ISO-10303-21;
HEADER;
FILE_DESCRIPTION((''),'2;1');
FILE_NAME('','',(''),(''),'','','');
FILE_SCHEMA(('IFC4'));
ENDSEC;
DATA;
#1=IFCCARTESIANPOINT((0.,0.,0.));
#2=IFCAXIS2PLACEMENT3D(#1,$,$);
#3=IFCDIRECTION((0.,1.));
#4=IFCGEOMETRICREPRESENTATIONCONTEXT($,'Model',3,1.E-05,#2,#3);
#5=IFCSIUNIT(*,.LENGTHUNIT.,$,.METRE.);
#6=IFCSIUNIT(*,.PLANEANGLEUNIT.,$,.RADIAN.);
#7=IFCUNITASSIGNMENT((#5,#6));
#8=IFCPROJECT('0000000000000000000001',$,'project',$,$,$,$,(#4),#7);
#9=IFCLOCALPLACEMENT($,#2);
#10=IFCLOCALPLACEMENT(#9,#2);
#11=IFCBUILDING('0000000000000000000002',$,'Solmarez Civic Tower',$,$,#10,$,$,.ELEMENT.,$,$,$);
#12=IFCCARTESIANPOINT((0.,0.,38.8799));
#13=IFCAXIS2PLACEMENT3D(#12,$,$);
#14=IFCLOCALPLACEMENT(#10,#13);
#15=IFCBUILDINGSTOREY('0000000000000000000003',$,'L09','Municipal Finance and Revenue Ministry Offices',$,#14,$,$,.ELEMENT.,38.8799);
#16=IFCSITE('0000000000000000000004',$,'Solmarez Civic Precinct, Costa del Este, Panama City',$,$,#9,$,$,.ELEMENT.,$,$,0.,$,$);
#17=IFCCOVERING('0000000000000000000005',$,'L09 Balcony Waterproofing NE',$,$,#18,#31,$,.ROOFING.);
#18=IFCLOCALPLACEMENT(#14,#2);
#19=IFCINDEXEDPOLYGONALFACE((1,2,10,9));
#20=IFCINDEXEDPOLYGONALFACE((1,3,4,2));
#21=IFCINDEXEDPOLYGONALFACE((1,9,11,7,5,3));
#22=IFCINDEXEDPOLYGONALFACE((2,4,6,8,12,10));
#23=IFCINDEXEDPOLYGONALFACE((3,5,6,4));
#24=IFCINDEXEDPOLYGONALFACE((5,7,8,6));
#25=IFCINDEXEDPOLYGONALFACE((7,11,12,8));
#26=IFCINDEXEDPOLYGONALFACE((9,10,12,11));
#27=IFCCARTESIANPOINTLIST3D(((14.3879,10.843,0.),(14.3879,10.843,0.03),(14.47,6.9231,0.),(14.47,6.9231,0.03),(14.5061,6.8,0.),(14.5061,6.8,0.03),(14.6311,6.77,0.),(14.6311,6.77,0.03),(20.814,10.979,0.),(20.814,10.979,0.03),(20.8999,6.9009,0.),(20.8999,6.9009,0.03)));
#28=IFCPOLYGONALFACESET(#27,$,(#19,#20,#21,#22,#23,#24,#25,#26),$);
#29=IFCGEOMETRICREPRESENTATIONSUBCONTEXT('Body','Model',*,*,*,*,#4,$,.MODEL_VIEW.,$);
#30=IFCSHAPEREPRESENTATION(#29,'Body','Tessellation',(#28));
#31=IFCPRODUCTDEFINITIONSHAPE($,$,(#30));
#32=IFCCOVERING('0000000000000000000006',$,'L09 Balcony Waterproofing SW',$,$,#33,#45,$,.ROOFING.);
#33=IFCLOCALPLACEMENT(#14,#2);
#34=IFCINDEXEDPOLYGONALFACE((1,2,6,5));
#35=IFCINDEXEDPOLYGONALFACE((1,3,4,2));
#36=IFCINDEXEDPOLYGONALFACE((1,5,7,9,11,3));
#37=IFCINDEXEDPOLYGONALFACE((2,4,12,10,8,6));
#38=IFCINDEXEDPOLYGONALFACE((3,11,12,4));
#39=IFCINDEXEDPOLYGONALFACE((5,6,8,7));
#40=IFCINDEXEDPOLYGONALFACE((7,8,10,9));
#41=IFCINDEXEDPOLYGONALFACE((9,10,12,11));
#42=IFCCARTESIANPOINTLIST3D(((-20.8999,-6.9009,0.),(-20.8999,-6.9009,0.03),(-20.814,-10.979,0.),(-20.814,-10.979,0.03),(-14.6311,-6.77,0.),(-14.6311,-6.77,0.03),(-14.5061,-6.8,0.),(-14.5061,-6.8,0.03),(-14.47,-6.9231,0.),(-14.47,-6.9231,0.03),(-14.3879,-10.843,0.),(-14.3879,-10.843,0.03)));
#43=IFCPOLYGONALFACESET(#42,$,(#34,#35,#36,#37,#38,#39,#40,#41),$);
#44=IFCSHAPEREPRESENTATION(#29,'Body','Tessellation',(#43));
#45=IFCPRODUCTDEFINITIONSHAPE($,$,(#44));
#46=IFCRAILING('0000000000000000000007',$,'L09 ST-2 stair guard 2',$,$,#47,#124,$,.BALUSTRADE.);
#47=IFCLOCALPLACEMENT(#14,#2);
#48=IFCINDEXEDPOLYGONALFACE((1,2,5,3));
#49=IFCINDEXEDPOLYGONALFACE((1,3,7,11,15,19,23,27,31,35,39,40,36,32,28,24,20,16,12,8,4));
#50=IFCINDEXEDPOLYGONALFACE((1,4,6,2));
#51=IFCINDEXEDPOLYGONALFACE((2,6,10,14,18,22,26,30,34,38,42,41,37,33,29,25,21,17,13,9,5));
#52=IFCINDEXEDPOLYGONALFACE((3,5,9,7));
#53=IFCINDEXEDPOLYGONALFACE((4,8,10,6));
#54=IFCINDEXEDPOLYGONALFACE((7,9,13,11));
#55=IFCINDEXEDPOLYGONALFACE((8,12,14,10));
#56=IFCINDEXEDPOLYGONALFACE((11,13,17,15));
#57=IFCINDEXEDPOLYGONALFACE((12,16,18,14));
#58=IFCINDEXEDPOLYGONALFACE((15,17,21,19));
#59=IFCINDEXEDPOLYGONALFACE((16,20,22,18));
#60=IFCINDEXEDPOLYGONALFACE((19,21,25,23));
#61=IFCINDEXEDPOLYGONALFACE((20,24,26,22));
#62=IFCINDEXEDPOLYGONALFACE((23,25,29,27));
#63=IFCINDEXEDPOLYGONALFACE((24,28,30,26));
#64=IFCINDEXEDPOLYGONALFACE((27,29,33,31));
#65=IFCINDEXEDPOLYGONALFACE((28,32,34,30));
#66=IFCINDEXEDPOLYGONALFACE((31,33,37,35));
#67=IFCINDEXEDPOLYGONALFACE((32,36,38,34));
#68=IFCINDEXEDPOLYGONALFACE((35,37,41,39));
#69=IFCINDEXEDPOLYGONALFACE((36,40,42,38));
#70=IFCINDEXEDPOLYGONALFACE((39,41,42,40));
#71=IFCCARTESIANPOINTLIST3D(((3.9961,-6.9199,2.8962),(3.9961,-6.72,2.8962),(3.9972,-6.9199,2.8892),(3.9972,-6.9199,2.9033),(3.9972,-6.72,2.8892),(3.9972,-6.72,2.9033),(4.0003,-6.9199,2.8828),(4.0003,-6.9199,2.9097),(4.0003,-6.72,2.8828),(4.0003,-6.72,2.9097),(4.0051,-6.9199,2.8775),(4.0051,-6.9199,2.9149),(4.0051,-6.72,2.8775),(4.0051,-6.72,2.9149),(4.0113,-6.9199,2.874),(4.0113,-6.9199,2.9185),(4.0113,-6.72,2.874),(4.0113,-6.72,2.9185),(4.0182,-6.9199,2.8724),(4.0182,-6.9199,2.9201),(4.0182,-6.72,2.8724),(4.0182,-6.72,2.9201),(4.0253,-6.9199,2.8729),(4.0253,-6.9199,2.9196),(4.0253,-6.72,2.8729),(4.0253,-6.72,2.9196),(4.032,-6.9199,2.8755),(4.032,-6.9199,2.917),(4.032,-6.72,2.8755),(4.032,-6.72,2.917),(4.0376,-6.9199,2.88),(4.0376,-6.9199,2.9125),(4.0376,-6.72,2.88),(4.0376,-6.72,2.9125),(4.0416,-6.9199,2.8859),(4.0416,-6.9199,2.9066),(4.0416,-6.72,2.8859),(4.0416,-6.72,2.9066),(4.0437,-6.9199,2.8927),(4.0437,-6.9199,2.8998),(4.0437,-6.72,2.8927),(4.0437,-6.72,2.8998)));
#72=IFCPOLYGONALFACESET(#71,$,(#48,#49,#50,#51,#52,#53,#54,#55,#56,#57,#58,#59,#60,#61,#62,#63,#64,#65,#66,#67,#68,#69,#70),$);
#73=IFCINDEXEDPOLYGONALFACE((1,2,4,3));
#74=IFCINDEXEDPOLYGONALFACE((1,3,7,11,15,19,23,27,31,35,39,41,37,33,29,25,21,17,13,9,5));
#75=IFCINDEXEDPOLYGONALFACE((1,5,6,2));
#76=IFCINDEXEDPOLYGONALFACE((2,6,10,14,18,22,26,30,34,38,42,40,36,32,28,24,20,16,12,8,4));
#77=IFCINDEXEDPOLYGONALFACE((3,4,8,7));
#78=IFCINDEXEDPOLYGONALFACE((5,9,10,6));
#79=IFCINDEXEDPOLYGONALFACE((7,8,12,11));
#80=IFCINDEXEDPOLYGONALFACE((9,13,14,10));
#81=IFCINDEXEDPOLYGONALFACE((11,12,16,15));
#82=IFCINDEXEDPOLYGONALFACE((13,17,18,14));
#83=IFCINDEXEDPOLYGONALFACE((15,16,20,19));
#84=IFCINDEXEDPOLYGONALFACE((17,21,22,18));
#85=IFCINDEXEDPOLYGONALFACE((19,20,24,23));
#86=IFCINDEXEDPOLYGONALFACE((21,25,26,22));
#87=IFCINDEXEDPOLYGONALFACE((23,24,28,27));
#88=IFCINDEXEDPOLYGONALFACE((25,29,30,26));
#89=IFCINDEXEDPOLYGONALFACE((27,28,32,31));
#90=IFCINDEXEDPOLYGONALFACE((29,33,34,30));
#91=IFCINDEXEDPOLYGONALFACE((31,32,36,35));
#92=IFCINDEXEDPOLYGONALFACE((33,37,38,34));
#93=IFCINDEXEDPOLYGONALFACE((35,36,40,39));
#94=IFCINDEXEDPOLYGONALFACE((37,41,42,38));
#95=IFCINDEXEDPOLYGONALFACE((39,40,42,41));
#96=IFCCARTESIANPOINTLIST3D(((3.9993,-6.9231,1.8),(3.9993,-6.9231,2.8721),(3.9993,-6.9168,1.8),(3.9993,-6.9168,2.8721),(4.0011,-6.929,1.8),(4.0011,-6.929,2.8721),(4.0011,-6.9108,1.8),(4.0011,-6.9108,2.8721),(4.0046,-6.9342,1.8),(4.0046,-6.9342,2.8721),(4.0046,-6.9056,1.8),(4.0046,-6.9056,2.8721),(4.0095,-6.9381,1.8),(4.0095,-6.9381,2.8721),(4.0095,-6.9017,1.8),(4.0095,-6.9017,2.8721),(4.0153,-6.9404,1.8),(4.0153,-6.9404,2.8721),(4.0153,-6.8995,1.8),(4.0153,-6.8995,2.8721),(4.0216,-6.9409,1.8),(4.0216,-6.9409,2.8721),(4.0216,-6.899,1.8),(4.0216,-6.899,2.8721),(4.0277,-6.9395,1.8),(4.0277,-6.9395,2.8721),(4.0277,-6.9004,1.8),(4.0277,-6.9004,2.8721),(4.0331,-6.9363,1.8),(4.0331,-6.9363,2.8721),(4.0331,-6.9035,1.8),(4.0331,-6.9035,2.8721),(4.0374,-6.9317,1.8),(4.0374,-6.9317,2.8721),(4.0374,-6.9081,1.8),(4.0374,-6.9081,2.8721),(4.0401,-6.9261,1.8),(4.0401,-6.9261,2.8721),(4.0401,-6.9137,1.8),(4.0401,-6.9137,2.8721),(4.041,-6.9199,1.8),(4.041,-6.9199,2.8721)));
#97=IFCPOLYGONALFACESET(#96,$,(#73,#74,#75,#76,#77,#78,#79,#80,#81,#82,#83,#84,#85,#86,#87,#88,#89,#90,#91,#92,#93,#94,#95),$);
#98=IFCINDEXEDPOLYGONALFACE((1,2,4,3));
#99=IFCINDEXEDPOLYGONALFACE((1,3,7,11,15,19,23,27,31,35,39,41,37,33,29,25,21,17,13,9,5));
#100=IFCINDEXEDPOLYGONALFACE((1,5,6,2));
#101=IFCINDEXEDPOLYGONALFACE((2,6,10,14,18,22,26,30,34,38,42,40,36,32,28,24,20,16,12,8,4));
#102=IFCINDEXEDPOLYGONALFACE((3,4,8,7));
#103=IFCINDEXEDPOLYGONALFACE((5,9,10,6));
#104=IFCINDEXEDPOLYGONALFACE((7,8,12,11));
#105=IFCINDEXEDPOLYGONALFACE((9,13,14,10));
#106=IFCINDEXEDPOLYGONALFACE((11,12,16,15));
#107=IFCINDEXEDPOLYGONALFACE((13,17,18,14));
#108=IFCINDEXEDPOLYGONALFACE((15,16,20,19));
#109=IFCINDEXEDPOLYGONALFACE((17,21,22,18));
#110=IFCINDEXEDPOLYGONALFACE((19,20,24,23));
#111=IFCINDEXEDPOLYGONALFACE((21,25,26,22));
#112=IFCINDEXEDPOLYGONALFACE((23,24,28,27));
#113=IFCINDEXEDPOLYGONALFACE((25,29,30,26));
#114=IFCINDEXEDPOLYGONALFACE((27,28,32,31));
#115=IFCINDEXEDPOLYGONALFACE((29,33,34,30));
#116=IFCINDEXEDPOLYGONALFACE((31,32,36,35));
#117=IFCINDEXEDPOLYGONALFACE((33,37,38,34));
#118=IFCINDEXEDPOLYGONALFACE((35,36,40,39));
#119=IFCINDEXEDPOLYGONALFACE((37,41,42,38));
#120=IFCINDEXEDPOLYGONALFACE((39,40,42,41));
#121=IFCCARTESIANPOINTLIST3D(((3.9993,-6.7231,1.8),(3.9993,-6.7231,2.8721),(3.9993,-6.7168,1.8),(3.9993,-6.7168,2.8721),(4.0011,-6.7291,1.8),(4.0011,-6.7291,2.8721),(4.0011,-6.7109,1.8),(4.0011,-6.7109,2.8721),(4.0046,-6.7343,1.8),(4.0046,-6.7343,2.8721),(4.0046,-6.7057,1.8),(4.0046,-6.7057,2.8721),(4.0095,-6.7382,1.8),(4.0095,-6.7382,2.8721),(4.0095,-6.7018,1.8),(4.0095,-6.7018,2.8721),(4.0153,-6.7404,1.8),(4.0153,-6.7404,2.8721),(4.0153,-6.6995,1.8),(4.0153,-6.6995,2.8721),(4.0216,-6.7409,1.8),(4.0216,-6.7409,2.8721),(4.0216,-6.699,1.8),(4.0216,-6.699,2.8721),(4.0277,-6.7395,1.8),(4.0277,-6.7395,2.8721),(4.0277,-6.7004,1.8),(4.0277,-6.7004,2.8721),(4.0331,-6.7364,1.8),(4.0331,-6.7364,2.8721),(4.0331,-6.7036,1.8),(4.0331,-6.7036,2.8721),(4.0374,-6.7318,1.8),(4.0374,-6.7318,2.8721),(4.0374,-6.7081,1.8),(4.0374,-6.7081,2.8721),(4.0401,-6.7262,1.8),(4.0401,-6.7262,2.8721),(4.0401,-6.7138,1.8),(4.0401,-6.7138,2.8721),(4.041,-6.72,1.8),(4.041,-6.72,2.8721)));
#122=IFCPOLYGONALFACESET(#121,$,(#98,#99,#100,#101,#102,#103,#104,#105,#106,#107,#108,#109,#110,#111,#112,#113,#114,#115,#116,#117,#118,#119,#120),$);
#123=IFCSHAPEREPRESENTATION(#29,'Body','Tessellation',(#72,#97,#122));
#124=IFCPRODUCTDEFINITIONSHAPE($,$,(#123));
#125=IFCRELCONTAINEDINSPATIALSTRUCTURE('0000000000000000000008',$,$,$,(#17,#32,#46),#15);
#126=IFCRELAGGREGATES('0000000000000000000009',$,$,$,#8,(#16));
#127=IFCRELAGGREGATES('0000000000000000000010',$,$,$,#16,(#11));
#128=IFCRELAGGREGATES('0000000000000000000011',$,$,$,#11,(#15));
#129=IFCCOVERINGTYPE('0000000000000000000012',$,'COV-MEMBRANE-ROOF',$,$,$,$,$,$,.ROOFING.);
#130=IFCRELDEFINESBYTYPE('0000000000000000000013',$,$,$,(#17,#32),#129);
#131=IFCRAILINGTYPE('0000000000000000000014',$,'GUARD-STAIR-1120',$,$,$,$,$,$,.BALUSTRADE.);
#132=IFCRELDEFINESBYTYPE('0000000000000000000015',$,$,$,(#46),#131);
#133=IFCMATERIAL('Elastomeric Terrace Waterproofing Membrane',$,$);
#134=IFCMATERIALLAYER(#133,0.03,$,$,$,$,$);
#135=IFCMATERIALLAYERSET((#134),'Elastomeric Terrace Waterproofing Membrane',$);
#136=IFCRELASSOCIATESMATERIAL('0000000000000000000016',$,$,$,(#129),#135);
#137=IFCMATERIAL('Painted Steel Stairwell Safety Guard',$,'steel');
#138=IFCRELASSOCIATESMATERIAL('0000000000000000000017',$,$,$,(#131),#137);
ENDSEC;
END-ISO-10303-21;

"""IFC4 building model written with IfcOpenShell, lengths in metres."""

from ifc_helpers import new_model, si_unit, direction, frame, origin, origin_2d, place, context, subcontext, project, spatial, polyline, circle, outline, extrude, material, layer, layer_set, type_object, element, save


model = new_model("IFC4")

# Units and contexts
model_context = context("Model", 3, precision=1e-05, world=origin(), true_north=direction((0.0, 1.0)))
body_context = subcontext(model_context, "Body", "Model", "MODEL_VIEW")
ifc_project = project(units=[si_unit("LENGTHUNIT", "METRE"), si_unit("PLANEANGLEUNIT", "RADIAN")], contexts=[model_context])

# Site, building, storey
site_placement = place(None, origin())
site = spatial("IfcSite", under=ifc_project, at=site_placement, Name="Solmarez Civic Precinct, Costa del Este, Panama City", CompositionType="ELEMENT", RefElevation=0.0)
building_placement = place(site_placement, origin())
building = spatial("IfcBuilding", under=site, at=building_placement, Name="Solmarez Civic Tower", CompositionType="ELEMENT")
storey_placement = place(building_placement, frame((0.0, 0.0, 38.8799)))
storey = spatial("IfcBuildingStorey", under=building, at=storey_placement, Name="L09", Description="Municipal Finance and Revenue Ministry Offices", CompositionType="ELEMENT", Elevation=38.8799)

# Coverings
ifc_material_1 = material(Name="Elastomeric Terrace Waterproofing Membrane")
ifc_layer_1 = layer(ifc_material_1, 0.03)
ifc_layer_set_1 = layer_set([ifc_layer_1], Name="Elastomeric Terrace Waterproofing Membrane")
covering_type_1 = type_object("IfcCoveringType", Name="COV-MEMBRANE-ROOF", PredefinedType="ROOFING", material=ifc_layer_set_1)
covering_1_placement = place(storey_placement, origin())
element("IfcCovering", 1, at=covering_1_placement, inside=storey, type_object=covering_type_1, Name="L09 Balcony Waterproofing NE", PredefinedType="ROOFING", context=body_context, shape_type="SweptSolid", body=[
    extrude(outline(polyline([(14.47, 6.9231), (14.5061, 6.8), (14.6311, 6.77), (20.8999, 6.9009), (20.814, 10.979), (14.3879, 10.843), (14.47, 6.9231)])), origin(), (0.0, 0.0, 1.0), 0.03),
])
covering_2_placement = place(storey_placement, origin())
element("IfcCovering", 2, at=covering_2_placement, inside=storey, type_object=covering_type_1, Name="L09 Balcony Waterproofing SW", PredefinedType="ROOFING", context=body_context, shape_type="SweptSolid", body=[
    extrude(outline(polyline([(-14.47, -6.9231), (-14.5061, -6.8), (-14.6311, -6.77), (-20.8999, -6.9009), (-20.814, -10.979), (-14.3879, -10.843), (-14.47, -6.9231)])), origin(), (0.0, 0.0, 1.0), 0.03),
])

# Railing
ifc_material_2 = material(Name="Painted Steel Stairwell Safety Guard", Category="steel")
railing_type_1 = type_object("IfcRailingType", Name="GUARD-STAIR-1120", PredefinedType="BALUSTRADE", material=ifc_material_2)
railing_1_placement = place(storey_placement, frame((4.02, -6.9199, 1.8)))
element("IfcRailing", 3, at=railing_1_placement, inside=storey, type_object=railing_type_1, Name="L09 ST-2 stair guard 2", PredefinedType="BALUSTRADE", context=body_context, shape_type="SweptSolid", body=[
    extrude(circle(Radius=0.0239, at=origin_2d()), frame((0.0, 0.0, 1.0962), z_axis=(0.0, 1.0, 0.0), x_axis=(-1.0, 0.0, 0.0)), (0.0, 0.0, 1.0), 0.2),
    extrude(circle(Radius=0.021, at=origin_2d()), origin(), (0.0, 0.0, 1.0), 1.072),
    extrude(circle(Radius=0.021, at=origin_2d()), frame((0.0, 0.2, 0.0)), (0.0, 0.0, 1.0), 1.072),
])

save(model, "model.ifc")
